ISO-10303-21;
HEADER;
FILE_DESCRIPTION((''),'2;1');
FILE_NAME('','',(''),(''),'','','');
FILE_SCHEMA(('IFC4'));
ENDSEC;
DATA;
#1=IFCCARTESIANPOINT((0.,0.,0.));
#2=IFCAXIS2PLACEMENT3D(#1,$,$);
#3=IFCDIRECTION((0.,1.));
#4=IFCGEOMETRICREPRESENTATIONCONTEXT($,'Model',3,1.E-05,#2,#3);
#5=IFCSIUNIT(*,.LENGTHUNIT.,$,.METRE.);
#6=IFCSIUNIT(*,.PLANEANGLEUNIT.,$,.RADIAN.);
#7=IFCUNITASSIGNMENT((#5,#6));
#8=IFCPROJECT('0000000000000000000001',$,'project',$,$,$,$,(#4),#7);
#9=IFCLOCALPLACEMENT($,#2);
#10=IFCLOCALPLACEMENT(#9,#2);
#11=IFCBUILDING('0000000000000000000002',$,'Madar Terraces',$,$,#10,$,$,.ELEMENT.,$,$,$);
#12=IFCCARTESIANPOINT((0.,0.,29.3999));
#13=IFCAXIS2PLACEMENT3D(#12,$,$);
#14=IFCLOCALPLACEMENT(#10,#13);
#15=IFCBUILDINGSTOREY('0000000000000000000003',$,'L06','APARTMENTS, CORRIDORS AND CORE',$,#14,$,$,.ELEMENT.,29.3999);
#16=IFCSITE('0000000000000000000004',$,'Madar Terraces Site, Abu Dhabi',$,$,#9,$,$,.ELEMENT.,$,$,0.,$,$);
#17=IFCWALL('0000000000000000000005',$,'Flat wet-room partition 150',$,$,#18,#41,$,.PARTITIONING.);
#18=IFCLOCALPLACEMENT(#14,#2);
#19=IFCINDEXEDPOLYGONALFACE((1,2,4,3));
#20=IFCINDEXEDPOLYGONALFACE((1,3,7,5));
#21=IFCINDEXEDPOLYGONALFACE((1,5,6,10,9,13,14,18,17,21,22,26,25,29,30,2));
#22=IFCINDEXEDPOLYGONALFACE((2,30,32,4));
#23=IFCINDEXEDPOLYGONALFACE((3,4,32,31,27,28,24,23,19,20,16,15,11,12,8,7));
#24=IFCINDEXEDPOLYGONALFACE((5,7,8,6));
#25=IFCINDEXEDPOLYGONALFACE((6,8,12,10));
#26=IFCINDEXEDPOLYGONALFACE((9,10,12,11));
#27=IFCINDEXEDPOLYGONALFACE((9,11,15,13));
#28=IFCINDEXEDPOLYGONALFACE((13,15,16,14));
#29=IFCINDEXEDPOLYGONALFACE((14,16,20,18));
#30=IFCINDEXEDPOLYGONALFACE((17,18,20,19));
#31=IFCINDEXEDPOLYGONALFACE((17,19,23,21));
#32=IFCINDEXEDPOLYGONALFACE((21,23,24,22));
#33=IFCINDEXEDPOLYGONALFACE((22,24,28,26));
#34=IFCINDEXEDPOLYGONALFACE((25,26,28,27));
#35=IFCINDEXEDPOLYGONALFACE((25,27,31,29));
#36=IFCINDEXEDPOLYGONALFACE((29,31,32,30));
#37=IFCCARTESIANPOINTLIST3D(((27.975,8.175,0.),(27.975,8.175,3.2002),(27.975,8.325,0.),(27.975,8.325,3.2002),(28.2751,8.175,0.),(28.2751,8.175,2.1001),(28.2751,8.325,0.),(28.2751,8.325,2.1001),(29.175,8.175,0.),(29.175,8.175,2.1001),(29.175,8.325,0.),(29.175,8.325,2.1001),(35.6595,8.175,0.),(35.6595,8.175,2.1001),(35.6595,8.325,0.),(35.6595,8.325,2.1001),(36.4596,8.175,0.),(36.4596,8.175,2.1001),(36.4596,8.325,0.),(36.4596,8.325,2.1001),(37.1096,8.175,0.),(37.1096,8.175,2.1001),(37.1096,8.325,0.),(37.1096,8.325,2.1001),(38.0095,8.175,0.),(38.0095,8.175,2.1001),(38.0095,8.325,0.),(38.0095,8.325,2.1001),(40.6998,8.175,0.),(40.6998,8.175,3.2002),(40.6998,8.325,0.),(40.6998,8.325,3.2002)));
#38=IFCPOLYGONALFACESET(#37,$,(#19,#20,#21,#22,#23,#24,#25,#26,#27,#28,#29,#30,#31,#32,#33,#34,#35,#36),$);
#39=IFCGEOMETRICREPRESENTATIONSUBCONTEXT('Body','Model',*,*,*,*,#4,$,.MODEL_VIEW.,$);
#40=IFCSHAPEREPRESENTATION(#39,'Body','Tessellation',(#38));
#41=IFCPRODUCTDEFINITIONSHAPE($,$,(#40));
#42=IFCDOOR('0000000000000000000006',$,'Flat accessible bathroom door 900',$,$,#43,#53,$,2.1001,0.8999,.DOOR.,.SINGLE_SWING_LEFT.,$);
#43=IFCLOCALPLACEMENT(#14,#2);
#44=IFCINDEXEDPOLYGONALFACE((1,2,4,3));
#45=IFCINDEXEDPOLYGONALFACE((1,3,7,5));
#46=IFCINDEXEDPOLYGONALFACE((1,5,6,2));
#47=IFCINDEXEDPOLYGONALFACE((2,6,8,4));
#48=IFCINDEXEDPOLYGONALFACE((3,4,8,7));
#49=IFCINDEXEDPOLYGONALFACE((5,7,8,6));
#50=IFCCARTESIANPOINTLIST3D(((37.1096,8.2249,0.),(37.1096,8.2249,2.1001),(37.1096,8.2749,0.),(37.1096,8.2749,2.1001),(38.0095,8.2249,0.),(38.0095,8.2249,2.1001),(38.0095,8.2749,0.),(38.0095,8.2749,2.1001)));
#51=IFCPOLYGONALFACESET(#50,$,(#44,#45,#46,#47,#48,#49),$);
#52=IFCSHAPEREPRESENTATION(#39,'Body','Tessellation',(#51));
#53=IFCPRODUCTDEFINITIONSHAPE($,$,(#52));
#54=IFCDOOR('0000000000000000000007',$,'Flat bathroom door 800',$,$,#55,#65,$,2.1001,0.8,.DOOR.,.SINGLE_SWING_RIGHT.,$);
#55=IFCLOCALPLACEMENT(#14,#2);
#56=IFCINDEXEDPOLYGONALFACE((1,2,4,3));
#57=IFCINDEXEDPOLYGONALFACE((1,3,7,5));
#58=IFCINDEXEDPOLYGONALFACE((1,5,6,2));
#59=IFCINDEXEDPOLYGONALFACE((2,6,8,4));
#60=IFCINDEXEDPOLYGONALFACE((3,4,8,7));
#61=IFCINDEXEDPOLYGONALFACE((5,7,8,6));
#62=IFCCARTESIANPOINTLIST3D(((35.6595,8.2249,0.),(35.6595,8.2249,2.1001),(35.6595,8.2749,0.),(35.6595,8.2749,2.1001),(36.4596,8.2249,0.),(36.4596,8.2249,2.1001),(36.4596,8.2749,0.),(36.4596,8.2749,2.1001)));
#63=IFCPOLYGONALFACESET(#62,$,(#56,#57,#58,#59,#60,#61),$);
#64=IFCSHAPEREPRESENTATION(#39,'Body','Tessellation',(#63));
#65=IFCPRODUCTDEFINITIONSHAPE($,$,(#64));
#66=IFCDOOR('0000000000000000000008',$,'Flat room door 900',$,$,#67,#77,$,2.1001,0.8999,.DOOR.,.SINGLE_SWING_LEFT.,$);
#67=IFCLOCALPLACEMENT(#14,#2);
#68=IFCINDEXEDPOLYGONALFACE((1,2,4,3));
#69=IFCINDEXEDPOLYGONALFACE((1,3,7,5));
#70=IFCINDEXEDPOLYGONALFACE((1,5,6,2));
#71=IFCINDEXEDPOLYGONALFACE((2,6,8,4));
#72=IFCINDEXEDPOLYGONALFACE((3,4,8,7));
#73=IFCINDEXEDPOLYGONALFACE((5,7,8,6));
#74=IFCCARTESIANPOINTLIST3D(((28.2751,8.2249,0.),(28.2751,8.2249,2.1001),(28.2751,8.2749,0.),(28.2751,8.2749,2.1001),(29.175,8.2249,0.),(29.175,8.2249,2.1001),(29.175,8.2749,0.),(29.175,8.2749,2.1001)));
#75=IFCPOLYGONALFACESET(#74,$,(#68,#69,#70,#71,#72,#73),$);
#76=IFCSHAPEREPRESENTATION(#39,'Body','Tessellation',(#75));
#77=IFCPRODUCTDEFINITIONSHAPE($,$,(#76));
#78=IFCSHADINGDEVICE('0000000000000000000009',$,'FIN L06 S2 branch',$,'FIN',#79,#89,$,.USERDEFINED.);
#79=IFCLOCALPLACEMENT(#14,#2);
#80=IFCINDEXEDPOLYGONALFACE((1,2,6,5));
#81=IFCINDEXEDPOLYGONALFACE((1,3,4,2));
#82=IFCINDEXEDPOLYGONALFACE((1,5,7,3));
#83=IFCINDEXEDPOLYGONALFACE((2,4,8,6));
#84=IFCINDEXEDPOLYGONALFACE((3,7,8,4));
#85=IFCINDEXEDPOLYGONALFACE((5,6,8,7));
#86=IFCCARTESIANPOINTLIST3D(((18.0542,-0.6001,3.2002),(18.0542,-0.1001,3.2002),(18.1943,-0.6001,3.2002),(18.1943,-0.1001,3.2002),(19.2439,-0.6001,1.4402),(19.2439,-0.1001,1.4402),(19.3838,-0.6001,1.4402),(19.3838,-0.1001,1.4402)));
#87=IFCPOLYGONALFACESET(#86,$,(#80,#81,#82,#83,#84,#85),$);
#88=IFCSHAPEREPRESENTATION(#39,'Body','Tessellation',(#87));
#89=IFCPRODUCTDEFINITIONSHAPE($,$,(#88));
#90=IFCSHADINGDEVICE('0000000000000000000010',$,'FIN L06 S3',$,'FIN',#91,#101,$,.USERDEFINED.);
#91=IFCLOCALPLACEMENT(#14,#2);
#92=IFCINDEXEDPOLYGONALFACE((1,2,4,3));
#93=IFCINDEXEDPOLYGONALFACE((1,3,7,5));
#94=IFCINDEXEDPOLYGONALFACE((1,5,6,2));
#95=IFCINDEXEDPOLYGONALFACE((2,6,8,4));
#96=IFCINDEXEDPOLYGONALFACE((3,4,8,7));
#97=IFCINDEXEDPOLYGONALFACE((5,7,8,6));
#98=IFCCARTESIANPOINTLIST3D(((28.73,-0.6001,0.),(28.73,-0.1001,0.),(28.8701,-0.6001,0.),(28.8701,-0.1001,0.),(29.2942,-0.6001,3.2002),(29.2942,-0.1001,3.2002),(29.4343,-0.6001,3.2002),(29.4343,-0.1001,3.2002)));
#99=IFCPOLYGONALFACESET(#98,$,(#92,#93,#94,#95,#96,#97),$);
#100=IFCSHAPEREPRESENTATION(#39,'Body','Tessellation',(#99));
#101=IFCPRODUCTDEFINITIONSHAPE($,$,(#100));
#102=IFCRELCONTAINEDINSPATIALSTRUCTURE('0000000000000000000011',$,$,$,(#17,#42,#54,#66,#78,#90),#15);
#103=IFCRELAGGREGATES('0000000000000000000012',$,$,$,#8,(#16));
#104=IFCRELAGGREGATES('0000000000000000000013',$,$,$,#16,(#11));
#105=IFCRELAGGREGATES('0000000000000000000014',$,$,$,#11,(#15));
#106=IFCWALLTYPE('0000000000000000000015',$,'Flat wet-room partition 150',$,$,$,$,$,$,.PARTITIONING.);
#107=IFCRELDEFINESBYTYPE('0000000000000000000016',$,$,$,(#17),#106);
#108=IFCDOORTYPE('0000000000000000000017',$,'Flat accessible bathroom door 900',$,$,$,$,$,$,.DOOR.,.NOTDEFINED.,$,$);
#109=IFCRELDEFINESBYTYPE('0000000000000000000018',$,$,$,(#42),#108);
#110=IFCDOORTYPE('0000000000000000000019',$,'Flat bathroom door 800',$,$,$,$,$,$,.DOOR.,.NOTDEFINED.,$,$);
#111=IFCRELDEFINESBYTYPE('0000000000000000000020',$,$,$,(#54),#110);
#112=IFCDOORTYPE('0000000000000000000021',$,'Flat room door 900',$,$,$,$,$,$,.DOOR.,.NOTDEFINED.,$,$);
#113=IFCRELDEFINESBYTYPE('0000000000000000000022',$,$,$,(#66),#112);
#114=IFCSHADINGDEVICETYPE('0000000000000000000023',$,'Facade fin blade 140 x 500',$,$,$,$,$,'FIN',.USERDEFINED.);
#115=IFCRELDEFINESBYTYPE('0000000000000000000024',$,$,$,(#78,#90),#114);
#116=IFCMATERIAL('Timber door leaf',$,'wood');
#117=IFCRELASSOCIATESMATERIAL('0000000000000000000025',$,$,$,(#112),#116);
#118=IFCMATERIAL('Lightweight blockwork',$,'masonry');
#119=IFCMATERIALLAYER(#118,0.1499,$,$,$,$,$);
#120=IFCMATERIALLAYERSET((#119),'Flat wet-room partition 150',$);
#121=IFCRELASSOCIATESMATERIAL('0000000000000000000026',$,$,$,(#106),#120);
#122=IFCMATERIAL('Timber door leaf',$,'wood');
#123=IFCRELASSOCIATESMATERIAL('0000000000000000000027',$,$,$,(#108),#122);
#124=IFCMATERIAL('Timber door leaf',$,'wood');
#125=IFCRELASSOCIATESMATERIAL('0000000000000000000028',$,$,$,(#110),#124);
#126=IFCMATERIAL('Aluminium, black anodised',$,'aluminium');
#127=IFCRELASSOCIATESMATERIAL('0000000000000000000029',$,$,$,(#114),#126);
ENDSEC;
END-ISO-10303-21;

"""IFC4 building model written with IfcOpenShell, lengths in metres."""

from ifc_helpers import new_model, si_unit, direction, frame, frame_2d, origin, place, context, subcontext, project, spatial, polyline, rectangle, outline, extrude, material, layer, layer_set, type_object, element, fill, save


model = new_model("IFC4")

# Units and contexts
model_context = context("Model", 3, precision=1e-05, world=origin(), true_north=direction((0.0, 1.0)))
body_context = subcontext(model_context, "Body", "Model", "MODEL_VIEW")
ifc_project = project(units=[si_unit("LENGTHUNIT", "METRE"), si_unit("PLANEANGLEUNIT", "RADIAN")], contexts=[model_context])

# Site, building, storey
site_placement = place(None, origin())
site = spatial("IfcSite", under=ifc_project, at=site_placement, Name="Madar Terraces Site, Abu Dhabi", CompositionType="ELEMENT", RefElevation=0.0)
building_placement = place(site_placement, origin())
building = spatial("IfcBuilding", under=site, at=building_placement, Name="Madar Terraces", CompositionType="ELEMENT")
storey_placement = place(building_placement, frame((0.0, 0.0, 29.3999)))
storey = spatial("IfcBuildingStorey", under=building, at=storey_placement, Name="L06", Description="APARTMENTS, CORRIDORS AND CORE", CompositionType="ELEMENT", Elevation=29.3999)

# Wall, openings, doors
ifc_material_1 = material(Name="Timber door leaf", Category="wood")
door_type_1 = type_object("IfcDoorType", Name="Flat room door 900", OperationType="NOTDEFINED", PredefinedType="DOOR", material=ifc_material_1)
ifc_material_2 = material(Name="Lightweight blockwork", Category="masonry")
ifc_layer_1 = layer(ifc_material_2, 0.1499)
ifc_layer_set_1 = layer_set([ifc_layer_1], Name="Flat wet-room partition 150")
wall_type_1 = type_object("IfcWallType", Name="Flat wet-room partition 150", PredefinedType="PARTITIONING", material=ifc_layer_set_1)
wall_1_placement = place(storey_placement, frame((27.9751, 8.25, 0.0), z_axis=(0.0, 0.0, 1.0), x_axis=(1.0, 0.0, 0.0)))
wall_1 = element("IfcWall", 1, at=wall_1_placement, inside=storey, type_object=wall_type_1, Name="Flat wet-room partition 150", PredefinedType="PARTITIONING", context=body_context, shape_type="SweptSolid", body=[
    extrude(rectangle(XDim=12.7249, YDim=0.1499, at=frame_2d((6.3623, 0.0))), origin(), (0.0, 0.0, 1.0), 3.2002),
])
opening_1_placement = place(wall_1_placement, frame((0.3, 0.0, 0.0)))
opening_1 = element("IfcOpeningElement", 2, at=opening_1_placement, cuts=wall_1, PredefinedType="OPENING", context=body_context, shape_type="SweptSolid", body=[
    extrude(rectangle(XDim=0.8999, YDim=2.1001, at=frame_2d((0.45, 1.05))), frame((0.0, 0.085, 0.0), z_axis=(0.0, -1.0, 0.0), x_axis=(1.0, 0.0, 0.0)), (0.0, 0.0, 1.0), 0.1699),
])
opening_2_placement = place(wall_1_placement, frame((7.6846, 0.0, 0.0)))
opening_2 = element("IfcOpeningElement", 3, at=opening_2_placement, cuts=wall_1, PredefinedType="OPENING", context=body_context, shape_type="SweptSolid", body=[
    extrude(rectangle(XDim=0.8, YDim=2.1001, at=frame_2d((0.3999, 1.05))), frame((0.0, 0.085, 0.0), z_axis=(0.0, -1.0, 0.0), x_axis=(1.0, 0.0, 0.0)), (0.0, 0.0, 1.0), 0.1699),
])
opening_3_placement = place(wall_1_placement, frame((9.1345, 0.0, 0.0)))
opening_3 = element("IfcOpeningElement", 4, at=opening_3_placement, cuts=wall_1, PredefinedType="OPENING", context=body_context, shape_type="SweptSolid", body=[
    extrude(rectangle(XDim=0.8999, YDim=2.1001, at=frame_2d((0.45, 1.05))), frame((0.0, 0.085, 0.0), z_axis=(0.0, -1.0, 0.0), x_axis=(1.0, 0.0, 0.0)), (0.0, 0.0, 1.0), 0.1699),
])
ifc_material_3 = material(Name="Timber door leaf", Category="wood")
door_type_2 = type_object("IfcDoorType", Name="Flat accessible bathroom door 900", OperationType="NOTDEFINED", PredefinedType="DOOR", material=ifc_material_3)
door_1_placement = place(opening_3_placement, origin())
door_1 = element("IfcDoor", 5, at=door_1_placement, inside=storey, type_object=door_type_2, Name="Flat accessible bathroom door 900", OperationType="SINGLE_SWING_LEFT", OverallHeight=2.1001, OverallWidth=0.8999, PredefinedType="DOOR", context=body_context, shape_type="SweptSolid", body=[
    extrude(rectangle(XDim=0.8999, YDim=2.1001, at=frame_2d((0.45, 1.05))), frame((0.0, 0.0249, 0.0), z_axis=(0.0, -1.0, 0.0), x_axis=(1.0, 0.0, 0.0)), (0.0, 0.0, 1.0), 0.05),
])
fill(opening_3, door_1)
ifc_material_4 = material(Name="Timber door leaf", Category="wood")
door_type_3 = type_object("IfcDoorType", Name="Flat bathroom door 800", OperationType="NOTDEFINED", PredefinedType="DOOR", material=ifc_material_4)
door_2_placement = place(opening_2_placement, origin())
door_2 = element("IfcDoor", 6, at=door_2_placement, inside=storey, type_object=door_type_3, Name="Flat bathroom door 800", OperationType="SINGLE_SWING_RIGHT", OverallHeight=2.1001, OverallWidth=0.8, PredefinedType="DOOR", context=body_context, shape_type="SweptSolid", body=[
    extrude(rectangle(XDim=0.8, YDim=2.1001, at=frame_2d((0.3999, 1.05))), frame((0.0, 0.0249, 0.0), z_axis=(0.0, -1.0, 0.0), x_axis=(1.0, 0.0, 0.0)), (0.0, 0.0, 1.0), 0.05),
])
fill(opening_2, door_2)
door_3_placement = place(opening_1_placement, origin())
door_3 = element("IfcDoor", 7, at=door_3_placement, inside=storey, type_object=door_type_1, Name="Flat room door 900", OperationType="SINGLE_SWING_LEFT", OverallHeight=2.1001, OverallWidth=0.8999, PredefinedType="DOOR", context=body_context, shape_type="SweptSolid", body=[
    extrude(rectangle(XDim=0.8999, YDim=2.1001, at=frame_2d((0.45, 1.05))), frame((0.0, 0.0249, 0.0), z_axis=(0.0, -1.0, 0.0), x_axis=(1.0, 0.0, 0.0)), (0.0, 0.0, 1.0), 0.05),
])
fill(opening_1, door_3)

# Shading devices
ifc_material_5 = material(Name="Aluminium, black anodised", Category="aluminium")
shading_device_type = type_object("IfcShadingDeviceType", Name="Facade fin blade 140 x 500", ElementType="FIN", PredefinedType="USERDEFINED", material=ifc_material_5)
shading_device_1_placement = place(storey_placement, frame((19.2439, -0.3501, 1.4402), z_axis=(0.0, 0.0, 1.0), x_axis=(1.0, 0.0, 0.0)))
element("IfcShadingDevice", 8, at=shading_device_1_placement, inside=storey, type_object=shading_device_type, Name="FIN L06 S2 branch", ObjectType="FIN", PredefinedType="USERDEFINED", context=body_context, shape_type="SweptSolid", body=[
    extrude(outline(polyline([(0.0, 0.0), (0.1399, 0.0), (-1.0496, 1.76), (-1.1897, 1.76), (0.0, 0.0)])), frame((0.0, 0.25, 0.0), z_axis=(0.0, -1.0, 0.0), x_axis=(1.0, 0.0, 0.0)), (0.0, 0.0, 1.0), 0.5),
])
shading_device_2_placement = place(storey_placement, frame((28.73, -0.3501, 0.0), z_axis=(0.0, 0.0, 1.0), x_axis=(1.0, 0.0, 0.0)))
element("IfcShadingDevice", 9, at=shading_device_2_placement, inside=storey, type_object=shading_device_type, Name="FIN L06 S3", ObjectType="FIN", PredefinedType="USERDEFINED", context=body_context, shape_type="SweptSolid", body=[
    extrude(outline(polyline([(0.0, 0.0), (0.1401, 0.0), (0.7043, 3.2002), (0.5642, 3.2002), (0.0, 0.0)])), frame((0.0, 0.25, 0.0), z_axis=(0.0, -1.0, 0.0), x_axis=(1.0, 0.0, 0.0)), (0.0, 0.0, 1.0), 0.5),
])

save(model, "model.ifc")
